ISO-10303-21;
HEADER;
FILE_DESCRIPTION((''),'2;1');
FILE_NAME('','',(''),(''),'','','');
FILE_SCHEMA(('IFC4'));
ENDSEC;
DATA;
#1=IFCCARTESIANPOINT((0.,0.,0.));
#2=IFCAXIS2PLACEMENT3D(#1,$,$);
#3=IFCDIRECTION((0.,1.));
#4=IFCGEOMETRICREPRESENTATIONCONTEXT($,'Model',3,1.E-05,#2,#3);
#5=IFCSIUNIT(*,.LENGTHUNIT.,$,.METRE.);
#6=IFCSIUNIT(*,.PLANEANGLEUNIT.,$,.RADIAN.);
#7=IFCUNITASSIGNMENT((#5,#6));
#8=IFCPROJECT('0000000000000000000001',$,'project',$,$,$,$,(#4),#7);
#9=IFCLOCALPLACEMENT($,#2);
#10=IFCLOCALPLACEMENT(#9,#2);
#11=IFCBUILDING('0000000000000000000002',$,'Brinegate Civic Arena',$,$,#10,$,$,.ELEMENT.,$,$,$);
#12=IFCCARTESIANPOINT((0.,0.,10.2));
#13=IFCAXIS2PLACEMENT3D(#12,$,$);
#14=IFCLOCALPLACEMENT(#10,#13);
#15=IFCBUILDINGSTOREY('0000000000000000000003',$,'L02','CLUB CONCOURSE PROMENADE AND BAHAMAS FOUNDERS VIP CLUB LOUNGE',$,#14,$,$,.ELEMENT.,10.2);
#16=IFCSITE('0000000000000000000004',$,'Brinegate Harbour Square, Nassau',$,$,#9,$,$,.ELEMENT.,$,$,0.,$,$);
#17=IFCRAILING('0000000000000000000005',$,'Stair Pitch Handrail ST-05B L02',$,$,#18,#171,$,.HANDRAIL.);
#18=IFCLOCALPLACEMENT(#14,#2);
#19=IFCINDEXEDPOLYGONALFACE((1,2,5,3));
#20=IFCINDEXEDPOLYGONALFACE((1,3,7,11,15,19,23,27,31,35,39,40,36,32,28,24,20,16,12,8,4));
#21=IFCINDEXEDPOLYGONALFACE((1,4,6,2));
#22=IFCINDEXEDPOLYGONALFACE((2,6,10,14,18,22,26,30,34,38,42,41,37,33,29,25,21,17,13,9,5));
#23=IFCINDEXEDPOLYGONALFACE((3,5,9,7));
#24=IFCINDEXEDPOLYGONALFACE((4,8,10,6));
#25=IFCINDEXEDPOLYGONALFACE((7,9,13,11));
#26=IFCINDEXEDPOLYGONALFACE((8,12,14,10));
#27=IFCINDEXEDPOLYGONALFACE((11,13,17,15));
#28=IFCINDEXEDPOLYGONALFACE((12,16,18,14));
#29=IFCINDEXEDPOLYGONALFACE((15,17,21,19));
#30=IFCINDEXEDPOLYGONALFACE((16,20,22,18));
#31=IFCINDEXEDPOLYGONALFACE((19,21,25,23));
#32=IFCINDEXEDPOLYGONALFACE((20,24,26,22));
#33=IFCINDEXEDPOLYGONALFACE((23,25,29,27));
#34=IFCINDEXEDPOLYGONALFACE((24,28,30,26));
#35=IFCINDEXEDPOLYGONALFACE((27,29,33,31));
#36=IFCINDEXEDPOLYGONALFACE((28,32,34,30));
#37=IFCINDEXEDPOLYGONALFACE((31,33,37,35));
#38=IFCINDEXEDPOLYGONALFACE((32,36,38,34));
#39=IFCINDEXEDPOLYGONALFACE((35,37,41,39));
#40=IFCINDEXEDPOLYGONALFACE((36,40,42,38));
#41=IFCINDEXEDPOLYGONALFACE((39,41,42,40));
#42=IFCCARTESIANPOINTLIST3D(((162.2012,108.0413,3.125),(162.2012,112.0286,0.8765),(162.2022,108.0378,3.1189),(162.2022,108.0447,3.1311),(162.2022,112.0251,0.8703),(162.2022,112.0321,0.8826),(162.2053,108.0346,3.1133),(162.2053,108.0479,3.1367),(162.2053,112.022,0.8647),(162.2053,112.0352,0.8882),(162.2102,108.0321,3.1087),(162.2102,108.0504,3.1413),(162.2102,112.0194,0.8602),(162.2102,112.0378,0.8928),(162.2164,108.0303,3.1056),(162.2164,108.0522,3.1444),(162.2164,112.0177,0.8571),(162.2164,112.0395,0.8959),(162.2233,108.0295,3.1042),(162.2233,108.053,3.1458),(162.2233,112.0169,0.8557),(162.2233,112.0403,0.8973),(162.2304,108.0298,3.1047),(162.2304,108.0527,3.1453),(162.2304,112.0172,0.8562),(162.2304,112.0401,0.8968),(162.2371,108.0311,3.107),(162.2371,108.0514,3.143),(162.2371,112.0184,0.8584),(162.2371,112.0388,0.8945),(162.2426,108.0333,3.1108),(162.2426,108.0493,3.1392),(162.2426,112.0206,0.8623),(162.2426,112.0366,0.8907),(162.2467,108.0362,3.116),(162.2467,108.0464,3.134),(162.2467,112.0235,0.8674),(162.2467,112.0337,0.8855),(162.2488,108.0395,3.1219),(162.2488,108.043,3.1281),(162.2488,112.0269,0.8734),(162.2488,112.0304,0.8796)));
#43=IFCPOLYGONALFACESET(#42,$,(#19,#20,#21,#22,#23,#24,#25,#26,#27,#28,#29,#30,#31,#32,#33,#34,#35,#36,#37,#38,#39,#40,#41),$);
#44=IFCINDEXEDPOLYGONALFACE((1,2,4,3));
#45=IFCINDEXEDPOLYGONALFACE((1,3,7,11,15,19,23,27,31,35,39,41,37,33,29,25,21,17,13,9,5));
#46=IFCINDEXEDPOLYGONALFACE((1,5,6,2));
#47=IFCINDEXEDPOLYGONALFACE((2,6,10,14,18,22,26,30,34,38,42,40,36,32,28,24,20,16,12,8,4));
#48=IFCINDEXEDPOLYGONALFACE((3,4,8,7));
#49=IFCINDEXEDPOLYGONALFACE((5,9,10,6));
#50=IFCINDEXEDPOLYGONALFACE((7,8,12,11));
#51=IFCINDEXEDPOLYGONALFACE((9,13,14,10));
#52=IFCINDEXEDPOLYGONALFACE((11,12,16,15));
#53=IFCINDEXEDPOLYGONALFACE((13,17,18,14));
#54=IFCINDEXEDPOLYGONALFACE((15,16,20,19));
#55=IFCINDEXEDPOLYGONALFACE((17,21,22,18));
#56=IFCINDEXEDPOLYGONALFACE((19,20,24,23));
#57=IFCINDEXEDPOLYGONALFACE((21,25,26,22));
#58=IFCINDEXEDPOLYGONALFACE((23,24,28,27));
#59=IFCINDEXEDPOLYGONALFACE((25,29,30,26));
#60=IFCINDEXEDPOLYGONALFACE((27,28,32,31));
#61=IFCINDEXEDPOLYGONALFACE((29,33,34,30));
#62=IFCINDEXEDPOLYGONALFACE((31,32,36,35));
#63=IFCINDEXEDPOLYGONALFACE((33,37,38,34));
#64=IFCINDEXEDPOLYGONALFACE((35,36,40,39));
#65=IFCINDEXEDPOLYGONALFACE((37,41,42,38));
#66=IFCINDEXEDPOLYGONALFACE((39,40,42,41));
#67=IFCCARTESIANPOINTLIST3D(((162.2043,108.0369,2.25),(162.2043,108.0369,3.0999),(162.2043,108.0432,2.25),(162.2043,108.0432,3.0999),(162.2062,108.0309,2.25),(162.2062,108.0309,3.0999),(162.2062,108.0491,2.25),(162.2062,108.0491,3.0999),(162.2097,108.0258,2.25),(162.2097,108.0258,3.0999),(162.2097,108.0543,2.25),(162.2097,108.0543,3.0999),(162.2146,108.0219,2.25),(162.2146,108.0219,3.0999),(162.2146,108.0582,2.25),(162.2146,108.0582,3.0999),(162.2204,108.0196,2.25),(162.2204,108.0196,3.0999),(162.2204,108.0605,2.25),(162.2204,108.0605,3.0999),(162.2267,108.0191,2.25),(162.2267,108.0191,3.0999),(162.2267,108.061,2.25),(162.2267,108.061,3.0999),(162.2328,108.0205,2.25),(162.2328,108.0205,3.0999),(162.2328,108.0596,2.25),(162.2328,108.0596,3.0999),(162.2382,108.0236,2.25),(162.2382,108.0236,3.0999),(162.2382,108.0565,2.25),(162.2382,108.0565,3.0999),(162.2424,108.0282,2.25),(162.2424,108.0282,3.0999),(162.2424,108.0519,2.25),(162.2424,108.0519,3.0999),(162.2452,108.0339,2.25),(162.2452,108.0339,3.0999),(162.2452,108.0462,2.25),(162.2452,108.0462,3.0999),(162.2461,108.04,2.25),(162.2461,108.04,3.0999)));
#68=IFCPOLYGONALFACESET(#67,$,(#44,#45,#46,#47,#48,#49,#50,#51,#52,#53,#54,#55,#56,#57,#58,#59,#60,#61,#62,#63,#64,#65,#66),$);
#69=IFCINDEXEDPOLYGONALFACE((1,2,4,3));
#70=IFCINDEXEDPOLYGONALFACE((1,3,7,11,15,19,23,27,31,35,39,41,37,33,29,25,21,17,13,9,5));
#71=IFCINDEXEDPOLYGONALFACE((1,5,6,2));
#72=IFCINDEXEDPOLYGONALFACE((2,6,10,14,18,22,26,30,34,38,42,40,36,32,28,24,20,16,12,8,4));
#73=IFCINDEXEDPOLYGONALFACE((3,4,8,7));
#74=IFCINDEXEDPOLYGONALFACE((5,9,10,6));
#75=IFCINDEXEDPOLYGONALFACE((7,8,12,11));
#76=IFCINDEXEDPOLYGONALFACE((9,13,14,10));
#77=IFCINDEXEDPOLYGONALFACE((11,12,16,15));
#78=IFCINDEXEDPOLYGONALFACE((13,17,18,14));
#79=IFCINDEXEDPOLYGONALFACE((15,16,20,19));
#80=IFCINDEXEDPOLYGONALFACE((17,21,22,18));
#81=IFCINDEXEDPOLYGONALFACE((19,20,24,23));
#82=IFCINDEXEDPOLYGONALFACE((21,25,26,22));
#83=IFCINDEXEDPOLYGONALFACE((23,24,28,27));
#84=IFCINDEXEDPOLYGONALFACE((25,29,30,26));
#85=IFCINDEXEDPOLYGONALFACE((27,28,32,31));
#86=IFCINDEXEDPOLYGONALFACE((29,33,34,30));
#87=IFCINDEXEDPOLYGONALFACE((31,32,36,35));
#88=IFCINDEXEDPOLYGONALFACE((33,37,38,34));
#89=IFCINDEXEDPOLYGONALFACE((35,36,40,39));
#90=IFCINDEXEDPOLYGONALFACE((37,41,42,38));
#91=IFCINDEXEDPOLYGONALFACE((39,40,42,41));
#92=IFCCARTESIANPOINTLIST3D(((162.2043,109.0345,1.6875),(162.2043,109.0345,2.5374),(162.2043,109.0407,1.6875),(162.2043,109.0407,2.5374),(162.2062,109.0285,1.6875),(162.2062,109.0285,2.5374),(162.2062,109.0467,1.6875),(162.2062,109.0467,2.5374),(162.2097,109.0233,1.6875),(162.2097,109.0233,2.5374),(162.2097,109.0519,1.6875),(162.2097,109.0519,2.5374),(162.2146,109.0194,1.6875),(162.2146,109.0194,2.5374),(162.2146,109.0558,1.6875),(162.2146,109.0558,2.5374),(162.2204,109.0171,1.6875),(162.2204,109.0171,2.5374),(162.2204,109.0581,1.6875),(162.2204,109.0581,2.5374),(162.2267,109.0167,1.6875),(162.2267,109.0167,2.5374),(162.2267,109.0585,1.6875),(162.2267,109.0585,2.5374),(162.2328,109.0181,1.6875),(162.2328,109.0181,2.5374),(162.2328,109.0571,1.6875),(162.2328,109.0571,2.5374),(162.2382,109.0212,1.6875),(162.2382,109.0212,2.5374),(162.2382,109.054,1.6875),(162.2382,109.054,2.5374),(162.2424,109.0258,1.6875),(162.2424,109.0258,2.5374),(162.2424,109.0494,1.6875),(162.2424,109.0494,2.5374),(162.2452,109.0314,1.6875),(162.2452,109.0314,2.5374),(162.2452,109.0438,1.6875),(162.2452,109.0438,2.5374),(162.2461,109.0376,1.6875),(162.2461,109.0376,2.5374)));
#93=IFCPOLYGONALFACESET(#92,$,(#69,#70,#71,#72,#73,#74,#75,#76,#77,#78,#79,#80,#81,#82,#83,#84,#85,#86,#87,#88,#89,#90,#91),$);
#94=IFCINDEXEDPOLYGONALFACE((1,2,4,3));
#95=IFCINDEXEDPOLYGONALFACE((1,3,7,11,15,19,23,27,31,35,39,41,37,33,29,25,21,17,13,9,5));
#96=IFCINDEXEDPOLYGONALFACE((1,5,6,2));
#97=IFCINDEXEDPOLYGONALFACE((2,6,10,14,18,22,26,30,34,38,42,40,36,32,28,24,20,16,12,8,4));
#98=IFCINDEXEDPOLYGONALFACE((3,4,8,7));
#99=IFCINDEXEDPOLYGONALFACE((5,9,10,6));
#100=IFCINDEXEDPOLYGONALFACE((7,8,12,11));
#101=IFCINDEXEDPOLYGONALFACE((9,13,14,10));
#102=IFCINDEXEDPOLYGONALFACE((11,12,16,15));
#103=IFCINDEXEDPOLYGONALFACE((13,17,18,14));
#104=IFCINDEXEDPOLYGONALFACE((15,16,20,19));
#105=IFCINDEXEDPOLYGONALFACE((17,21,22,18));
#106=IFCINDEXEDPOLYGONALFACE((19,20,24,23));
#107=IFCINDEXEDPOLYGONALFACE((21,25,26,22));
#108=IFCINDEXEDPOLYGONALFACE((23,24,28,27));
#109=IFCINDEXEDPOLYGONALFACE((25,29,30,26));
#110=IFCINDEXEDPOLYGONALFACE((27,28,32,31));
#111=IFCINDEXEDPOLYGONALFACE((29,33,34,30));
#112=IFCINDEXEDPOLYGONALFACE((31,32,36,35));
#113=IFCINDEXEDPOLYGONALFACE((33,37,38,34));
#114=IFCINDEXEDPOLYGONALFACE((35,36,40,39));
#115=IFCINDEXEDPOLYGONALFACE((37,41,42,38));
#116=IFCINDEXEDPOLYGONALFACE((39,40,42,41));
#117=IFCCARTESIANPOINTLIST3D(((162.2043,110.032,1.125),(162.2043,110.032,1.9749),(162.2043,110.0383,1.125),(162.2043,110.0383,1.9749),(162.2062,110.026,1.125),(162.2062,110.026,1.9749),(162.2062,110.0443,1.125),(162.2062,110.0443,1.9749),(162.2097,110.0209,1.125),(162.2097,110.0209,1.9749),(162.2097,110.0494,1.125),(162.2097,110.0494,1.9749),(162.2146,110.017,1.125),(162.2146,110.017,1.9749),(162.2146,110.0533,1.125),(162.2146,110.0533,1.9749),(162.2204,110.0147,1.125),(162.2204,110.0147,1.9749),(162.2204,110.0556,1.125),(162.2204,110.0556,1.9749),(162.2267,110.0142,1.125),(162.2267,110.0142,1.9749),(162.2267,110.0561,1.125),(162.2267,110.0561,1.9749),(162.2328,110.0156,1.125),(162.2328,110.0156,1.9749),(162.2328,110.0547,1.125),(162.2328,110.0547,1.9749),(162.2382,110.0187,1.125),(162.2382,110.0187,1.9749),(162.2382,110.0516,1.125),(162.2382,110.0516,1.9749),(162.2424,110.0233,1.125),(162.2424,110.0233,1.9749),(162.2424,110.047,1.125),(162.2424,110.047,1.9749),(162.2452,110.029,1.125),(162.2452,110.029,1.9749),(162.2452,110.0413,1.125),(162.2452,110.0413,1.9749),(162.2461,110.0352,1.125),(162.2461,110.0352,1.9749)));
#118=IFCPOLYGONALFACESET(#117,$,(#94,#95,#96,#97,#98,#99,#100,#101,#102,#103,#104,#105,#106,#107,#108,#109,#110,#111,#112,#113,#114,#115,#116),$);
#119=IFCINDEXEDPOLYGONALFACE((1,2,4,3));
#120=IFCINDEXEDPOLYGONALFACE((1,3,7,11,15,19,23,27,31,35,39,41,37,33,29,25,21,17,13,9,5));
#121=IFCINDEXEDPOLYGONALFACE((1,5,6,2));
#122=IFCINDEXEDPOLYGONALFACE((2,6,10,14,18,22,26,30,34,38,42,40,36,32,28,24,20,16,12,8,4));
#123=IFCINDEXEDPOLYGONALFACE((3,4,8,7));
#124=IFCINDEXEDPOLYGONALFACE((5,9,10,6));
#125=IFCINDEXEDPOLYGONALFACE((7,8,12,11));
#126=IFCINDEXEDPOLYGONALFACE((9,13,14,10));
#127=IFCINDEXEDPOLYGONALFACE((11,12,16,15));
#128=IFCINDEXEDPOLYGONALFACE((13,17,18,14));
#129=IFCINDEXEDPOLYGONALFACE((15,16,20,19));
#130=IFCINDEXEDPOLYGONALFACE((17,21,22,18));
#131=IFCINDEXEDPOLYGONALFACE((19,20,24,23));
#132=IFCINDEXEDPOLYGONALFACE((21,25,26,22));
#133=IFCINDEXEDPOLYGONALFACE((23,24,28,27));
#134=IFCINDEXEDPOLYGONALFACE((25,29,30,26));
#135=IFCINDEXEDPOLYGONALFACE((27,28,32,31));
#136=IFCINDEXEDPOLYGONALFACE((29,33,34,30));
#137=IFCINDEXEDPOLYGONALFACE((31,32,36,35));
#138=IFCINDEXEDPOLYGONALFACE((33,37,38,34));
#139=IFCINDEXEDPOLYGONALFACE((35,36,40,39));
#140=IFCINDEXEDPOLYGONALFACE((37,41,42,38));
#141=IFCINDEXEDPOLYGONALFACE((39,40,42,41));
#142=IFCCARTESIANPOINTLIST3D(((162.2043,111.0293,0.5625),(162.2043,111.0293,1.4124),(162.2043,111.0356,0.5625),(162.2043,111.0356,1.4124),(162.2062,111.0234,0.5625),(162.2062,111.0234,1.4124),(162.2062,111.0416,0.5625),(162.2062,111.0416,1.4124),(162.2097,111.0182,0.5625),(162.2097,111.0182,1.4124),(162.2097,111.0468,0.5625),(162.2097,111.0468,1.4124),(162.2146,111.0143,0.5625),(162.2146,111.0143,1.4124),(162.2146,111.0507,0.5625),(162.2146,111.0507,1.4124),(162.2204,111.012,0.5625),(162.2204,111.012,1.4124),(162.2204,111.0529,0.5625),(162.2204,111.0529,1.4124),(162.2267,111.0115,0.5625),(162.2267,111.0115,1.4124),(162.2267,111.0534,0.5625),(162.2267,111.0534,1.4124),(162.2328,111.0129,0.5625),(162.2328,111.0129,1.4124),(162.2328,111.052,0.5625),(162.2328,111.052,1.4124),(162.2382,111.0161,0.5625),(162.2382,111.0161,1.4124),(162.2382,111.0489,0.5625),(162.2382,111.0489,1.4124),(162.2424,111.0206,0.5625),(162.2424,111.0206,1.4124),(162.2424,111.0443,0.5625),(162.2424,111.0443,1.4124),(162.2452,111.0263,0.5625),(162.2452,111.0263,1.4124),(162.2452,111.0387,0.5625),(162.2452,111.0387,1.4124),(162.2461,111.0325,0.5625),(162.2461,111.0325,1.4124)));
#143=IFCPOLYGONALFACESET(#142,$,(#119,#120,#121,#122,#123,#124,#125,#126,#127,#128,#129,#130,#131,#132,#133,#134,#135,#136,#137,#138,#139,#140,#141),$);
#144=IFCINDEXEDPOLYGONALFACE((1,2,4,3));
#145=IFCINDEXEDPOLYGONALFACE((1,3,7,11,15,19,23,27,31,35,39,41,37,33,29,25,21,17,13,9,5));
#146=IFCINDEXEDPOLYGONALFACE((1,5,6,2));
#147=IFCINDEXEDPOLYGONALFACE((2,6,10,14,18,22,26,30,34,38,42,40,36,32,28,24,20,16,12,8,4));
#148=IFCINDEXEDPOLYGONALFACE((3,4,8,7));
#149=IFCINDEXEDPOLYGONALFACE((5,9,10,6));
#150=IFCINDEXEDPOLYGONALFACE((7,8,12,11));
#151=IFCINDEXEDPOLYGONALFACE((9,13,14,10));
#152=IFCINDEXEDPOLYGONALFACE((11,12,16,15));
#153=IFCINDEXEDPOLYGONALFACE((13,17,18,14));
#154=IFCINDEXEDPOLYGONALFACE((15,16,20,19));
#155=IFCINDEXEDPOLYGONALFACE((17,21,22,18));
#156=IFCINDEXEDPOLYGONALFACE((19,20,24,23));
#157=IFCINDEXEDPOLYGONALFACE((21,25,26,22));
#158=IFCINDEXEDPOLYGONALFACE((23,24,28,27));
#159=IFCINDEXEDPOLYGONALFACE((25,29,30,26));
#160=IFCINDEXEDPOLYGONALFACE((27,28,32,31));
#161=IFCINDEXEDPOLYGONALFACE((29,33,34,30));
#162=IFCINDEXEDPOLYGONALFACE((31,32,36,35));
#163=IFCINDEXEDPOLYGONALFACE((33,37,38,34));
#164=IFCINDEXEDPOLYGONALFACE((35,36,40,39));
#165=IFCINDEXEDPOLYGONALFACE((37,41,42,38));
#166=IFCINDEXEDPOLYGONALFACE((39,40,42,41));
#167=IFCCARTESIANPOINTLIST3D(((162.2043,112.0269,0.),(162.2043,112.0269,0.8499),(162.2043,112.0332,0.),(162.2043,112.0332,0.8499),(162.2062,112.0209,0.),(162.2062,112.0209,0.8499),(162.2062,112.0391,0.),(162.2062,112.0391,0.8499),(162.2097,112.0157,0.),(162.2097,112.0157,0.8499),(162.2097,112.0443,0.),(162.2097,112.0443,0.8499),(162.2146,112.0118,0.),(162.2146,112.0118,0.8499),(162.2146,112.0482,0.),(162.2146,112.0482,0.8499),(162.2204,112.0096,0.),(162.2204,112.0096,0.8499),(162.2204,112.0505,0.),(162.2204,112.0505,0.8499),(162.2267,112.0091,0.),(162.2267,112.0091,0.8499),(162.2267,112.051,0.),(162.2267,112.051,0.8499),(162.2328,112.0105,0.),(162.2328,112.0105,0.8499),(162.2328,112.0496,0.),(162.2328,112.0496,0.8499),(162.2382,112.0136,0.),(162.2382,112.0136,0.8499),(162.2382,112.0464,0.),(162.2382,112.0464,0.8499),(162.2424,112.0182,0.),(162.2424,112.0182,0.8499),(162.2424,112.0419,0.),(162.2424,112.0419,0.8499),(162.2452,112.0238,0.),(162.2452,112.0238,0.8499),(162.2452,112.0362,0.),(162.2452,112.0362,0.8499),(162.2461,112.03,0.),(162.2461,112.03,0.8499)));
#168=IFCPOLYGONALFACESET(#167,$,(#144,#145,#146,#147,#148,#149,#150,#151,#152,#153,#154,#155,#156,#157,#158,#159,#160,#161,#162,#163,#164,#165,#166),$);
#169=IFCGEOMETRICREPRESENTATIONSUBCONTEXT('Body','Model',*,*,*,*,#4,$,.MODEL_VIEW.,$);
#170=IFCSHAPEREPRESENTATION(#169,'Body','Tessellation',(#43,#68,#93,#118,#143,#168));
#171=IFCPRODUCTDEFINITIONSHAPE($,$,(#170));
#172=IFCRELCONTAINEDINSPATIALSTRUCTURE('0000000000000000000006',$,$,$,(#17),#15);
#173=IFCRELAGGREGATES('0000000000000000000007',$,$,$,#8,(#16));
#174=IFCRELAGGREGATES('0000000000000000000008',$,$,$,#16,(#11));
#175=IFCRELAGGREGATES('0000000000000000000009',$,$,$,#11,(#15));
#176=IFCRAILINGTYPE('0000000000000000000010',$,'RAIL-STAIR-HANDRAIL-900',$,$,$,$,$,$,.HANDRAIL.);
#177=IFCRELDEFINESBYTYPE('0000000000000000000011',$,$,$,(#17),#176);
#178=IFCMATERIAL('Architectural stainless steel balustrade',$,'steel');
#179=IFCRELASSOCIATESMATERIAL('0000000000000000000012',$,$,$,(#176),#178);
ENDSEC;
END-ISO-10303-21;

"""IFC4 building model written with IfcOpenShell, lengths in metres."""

from ifc_helpers import new_model, si_unit, direction, frame, origin, origin_2d, place, context, subcontext, project, spatial, circle, extrude, material, type_object, element, save


model = new_model("IFC4")

# Units and contexts
model_context = context("Model", 3, precision=1e-05, world=origin(), true_north=direction((0.0, 1.0)))
body_context = subcontext(model_context, "Body", "Model", "MODEL_VIEW")
ifc_project = project(units=[si_unit("LENGTHUNIT", "METRE"), si_unit("PLANEANGLEUNIT", "RADIAN")], contexts=[model_context])

# Site, building, storey
site_placement = place(None, origin())
site = spatial("IfcSite", under=ifc_project, at=site_placement, Name="Brinegate Harbour Square, Nassau", CompositionType="ELEMENT", RefElevation=0.0)
building_placement = place(site_placement, origin())
building = spatial("IfcBuilding", under=site, at=building_placement, Name="Brinegate Civic Arena", CompositionType="ELEMENT")
storey_placement = place(building_placement, frame((0.0, 0.0, 10.2)))
storey = spatial("IfcBuildingStorey", under=building, at=storey_placement, Name="L02", Description="CLUB CONCOURSE PROMENADE AND BAHAMAS FOUNDERS VIP CLUB LOUNGE", CompositionType="ELEMENT", Elevation=10.2)

# Railing
ifc_material_1 = material(Name="Architectural stainless steel balustrade", Category="steel")
railing_type_1 = type_object("IfcRailingType", Name="RAIL-STAIR-HANDRAIL-900", PredefinedType="HANDRAIL", material=ifc_material_1)
for number, where, name in (
    (1, (162.2251, 108.04, 2.25), "Stair Pitch Handrail ST-05B L02"),
):
    element("IfcRailing", number, at=place(storey_placement, frame(where)), inside=storey, type_object=railing_type_1, Name=name, PredefinedType="HANDRAIL", context=body_context, shape_type="SweptSolid", body=[
        extrude(circle(Radius=0.0239, at=origin_2d()), frame((0.0, 0.0012, 0.875), z_axis=(0.0, 0.87105, -0.491195), x_axis=(-1.0, 0.0, 0.0)), (0.0, 0.0, 1.0), 4.5776),
        extrude(circle(Radius=0.021, at=origin_2d()), origin(), (0.0, 0.0, 1.0), 0.8499),
        extrude(circle(Radius=0.021, at=origin_2d()), frame((0.0, 0.9976, -0.5625)), (0.0, 0.0, 1.0), 0.8499),
        extrude(circle(Radius=0.021, at=origin_2d()), frame((0.0, 1.9951, -1.125)), (0.0, 0.0, 1.0), 0.8499),
        extrude(circle(Radius=0.021, at=origin_2d()), frame((0.0, 2.9924, -1.6875)), (0.0, 0.0, 1.0), 0.8499),
        extrude(circle(Radius=0.021, at=origin_2d()), frame((0.0, 3.99, -2.25)), (0.0, 0.0, 1.0), 0.8499),
    ])

save(model, "model.ifc")
